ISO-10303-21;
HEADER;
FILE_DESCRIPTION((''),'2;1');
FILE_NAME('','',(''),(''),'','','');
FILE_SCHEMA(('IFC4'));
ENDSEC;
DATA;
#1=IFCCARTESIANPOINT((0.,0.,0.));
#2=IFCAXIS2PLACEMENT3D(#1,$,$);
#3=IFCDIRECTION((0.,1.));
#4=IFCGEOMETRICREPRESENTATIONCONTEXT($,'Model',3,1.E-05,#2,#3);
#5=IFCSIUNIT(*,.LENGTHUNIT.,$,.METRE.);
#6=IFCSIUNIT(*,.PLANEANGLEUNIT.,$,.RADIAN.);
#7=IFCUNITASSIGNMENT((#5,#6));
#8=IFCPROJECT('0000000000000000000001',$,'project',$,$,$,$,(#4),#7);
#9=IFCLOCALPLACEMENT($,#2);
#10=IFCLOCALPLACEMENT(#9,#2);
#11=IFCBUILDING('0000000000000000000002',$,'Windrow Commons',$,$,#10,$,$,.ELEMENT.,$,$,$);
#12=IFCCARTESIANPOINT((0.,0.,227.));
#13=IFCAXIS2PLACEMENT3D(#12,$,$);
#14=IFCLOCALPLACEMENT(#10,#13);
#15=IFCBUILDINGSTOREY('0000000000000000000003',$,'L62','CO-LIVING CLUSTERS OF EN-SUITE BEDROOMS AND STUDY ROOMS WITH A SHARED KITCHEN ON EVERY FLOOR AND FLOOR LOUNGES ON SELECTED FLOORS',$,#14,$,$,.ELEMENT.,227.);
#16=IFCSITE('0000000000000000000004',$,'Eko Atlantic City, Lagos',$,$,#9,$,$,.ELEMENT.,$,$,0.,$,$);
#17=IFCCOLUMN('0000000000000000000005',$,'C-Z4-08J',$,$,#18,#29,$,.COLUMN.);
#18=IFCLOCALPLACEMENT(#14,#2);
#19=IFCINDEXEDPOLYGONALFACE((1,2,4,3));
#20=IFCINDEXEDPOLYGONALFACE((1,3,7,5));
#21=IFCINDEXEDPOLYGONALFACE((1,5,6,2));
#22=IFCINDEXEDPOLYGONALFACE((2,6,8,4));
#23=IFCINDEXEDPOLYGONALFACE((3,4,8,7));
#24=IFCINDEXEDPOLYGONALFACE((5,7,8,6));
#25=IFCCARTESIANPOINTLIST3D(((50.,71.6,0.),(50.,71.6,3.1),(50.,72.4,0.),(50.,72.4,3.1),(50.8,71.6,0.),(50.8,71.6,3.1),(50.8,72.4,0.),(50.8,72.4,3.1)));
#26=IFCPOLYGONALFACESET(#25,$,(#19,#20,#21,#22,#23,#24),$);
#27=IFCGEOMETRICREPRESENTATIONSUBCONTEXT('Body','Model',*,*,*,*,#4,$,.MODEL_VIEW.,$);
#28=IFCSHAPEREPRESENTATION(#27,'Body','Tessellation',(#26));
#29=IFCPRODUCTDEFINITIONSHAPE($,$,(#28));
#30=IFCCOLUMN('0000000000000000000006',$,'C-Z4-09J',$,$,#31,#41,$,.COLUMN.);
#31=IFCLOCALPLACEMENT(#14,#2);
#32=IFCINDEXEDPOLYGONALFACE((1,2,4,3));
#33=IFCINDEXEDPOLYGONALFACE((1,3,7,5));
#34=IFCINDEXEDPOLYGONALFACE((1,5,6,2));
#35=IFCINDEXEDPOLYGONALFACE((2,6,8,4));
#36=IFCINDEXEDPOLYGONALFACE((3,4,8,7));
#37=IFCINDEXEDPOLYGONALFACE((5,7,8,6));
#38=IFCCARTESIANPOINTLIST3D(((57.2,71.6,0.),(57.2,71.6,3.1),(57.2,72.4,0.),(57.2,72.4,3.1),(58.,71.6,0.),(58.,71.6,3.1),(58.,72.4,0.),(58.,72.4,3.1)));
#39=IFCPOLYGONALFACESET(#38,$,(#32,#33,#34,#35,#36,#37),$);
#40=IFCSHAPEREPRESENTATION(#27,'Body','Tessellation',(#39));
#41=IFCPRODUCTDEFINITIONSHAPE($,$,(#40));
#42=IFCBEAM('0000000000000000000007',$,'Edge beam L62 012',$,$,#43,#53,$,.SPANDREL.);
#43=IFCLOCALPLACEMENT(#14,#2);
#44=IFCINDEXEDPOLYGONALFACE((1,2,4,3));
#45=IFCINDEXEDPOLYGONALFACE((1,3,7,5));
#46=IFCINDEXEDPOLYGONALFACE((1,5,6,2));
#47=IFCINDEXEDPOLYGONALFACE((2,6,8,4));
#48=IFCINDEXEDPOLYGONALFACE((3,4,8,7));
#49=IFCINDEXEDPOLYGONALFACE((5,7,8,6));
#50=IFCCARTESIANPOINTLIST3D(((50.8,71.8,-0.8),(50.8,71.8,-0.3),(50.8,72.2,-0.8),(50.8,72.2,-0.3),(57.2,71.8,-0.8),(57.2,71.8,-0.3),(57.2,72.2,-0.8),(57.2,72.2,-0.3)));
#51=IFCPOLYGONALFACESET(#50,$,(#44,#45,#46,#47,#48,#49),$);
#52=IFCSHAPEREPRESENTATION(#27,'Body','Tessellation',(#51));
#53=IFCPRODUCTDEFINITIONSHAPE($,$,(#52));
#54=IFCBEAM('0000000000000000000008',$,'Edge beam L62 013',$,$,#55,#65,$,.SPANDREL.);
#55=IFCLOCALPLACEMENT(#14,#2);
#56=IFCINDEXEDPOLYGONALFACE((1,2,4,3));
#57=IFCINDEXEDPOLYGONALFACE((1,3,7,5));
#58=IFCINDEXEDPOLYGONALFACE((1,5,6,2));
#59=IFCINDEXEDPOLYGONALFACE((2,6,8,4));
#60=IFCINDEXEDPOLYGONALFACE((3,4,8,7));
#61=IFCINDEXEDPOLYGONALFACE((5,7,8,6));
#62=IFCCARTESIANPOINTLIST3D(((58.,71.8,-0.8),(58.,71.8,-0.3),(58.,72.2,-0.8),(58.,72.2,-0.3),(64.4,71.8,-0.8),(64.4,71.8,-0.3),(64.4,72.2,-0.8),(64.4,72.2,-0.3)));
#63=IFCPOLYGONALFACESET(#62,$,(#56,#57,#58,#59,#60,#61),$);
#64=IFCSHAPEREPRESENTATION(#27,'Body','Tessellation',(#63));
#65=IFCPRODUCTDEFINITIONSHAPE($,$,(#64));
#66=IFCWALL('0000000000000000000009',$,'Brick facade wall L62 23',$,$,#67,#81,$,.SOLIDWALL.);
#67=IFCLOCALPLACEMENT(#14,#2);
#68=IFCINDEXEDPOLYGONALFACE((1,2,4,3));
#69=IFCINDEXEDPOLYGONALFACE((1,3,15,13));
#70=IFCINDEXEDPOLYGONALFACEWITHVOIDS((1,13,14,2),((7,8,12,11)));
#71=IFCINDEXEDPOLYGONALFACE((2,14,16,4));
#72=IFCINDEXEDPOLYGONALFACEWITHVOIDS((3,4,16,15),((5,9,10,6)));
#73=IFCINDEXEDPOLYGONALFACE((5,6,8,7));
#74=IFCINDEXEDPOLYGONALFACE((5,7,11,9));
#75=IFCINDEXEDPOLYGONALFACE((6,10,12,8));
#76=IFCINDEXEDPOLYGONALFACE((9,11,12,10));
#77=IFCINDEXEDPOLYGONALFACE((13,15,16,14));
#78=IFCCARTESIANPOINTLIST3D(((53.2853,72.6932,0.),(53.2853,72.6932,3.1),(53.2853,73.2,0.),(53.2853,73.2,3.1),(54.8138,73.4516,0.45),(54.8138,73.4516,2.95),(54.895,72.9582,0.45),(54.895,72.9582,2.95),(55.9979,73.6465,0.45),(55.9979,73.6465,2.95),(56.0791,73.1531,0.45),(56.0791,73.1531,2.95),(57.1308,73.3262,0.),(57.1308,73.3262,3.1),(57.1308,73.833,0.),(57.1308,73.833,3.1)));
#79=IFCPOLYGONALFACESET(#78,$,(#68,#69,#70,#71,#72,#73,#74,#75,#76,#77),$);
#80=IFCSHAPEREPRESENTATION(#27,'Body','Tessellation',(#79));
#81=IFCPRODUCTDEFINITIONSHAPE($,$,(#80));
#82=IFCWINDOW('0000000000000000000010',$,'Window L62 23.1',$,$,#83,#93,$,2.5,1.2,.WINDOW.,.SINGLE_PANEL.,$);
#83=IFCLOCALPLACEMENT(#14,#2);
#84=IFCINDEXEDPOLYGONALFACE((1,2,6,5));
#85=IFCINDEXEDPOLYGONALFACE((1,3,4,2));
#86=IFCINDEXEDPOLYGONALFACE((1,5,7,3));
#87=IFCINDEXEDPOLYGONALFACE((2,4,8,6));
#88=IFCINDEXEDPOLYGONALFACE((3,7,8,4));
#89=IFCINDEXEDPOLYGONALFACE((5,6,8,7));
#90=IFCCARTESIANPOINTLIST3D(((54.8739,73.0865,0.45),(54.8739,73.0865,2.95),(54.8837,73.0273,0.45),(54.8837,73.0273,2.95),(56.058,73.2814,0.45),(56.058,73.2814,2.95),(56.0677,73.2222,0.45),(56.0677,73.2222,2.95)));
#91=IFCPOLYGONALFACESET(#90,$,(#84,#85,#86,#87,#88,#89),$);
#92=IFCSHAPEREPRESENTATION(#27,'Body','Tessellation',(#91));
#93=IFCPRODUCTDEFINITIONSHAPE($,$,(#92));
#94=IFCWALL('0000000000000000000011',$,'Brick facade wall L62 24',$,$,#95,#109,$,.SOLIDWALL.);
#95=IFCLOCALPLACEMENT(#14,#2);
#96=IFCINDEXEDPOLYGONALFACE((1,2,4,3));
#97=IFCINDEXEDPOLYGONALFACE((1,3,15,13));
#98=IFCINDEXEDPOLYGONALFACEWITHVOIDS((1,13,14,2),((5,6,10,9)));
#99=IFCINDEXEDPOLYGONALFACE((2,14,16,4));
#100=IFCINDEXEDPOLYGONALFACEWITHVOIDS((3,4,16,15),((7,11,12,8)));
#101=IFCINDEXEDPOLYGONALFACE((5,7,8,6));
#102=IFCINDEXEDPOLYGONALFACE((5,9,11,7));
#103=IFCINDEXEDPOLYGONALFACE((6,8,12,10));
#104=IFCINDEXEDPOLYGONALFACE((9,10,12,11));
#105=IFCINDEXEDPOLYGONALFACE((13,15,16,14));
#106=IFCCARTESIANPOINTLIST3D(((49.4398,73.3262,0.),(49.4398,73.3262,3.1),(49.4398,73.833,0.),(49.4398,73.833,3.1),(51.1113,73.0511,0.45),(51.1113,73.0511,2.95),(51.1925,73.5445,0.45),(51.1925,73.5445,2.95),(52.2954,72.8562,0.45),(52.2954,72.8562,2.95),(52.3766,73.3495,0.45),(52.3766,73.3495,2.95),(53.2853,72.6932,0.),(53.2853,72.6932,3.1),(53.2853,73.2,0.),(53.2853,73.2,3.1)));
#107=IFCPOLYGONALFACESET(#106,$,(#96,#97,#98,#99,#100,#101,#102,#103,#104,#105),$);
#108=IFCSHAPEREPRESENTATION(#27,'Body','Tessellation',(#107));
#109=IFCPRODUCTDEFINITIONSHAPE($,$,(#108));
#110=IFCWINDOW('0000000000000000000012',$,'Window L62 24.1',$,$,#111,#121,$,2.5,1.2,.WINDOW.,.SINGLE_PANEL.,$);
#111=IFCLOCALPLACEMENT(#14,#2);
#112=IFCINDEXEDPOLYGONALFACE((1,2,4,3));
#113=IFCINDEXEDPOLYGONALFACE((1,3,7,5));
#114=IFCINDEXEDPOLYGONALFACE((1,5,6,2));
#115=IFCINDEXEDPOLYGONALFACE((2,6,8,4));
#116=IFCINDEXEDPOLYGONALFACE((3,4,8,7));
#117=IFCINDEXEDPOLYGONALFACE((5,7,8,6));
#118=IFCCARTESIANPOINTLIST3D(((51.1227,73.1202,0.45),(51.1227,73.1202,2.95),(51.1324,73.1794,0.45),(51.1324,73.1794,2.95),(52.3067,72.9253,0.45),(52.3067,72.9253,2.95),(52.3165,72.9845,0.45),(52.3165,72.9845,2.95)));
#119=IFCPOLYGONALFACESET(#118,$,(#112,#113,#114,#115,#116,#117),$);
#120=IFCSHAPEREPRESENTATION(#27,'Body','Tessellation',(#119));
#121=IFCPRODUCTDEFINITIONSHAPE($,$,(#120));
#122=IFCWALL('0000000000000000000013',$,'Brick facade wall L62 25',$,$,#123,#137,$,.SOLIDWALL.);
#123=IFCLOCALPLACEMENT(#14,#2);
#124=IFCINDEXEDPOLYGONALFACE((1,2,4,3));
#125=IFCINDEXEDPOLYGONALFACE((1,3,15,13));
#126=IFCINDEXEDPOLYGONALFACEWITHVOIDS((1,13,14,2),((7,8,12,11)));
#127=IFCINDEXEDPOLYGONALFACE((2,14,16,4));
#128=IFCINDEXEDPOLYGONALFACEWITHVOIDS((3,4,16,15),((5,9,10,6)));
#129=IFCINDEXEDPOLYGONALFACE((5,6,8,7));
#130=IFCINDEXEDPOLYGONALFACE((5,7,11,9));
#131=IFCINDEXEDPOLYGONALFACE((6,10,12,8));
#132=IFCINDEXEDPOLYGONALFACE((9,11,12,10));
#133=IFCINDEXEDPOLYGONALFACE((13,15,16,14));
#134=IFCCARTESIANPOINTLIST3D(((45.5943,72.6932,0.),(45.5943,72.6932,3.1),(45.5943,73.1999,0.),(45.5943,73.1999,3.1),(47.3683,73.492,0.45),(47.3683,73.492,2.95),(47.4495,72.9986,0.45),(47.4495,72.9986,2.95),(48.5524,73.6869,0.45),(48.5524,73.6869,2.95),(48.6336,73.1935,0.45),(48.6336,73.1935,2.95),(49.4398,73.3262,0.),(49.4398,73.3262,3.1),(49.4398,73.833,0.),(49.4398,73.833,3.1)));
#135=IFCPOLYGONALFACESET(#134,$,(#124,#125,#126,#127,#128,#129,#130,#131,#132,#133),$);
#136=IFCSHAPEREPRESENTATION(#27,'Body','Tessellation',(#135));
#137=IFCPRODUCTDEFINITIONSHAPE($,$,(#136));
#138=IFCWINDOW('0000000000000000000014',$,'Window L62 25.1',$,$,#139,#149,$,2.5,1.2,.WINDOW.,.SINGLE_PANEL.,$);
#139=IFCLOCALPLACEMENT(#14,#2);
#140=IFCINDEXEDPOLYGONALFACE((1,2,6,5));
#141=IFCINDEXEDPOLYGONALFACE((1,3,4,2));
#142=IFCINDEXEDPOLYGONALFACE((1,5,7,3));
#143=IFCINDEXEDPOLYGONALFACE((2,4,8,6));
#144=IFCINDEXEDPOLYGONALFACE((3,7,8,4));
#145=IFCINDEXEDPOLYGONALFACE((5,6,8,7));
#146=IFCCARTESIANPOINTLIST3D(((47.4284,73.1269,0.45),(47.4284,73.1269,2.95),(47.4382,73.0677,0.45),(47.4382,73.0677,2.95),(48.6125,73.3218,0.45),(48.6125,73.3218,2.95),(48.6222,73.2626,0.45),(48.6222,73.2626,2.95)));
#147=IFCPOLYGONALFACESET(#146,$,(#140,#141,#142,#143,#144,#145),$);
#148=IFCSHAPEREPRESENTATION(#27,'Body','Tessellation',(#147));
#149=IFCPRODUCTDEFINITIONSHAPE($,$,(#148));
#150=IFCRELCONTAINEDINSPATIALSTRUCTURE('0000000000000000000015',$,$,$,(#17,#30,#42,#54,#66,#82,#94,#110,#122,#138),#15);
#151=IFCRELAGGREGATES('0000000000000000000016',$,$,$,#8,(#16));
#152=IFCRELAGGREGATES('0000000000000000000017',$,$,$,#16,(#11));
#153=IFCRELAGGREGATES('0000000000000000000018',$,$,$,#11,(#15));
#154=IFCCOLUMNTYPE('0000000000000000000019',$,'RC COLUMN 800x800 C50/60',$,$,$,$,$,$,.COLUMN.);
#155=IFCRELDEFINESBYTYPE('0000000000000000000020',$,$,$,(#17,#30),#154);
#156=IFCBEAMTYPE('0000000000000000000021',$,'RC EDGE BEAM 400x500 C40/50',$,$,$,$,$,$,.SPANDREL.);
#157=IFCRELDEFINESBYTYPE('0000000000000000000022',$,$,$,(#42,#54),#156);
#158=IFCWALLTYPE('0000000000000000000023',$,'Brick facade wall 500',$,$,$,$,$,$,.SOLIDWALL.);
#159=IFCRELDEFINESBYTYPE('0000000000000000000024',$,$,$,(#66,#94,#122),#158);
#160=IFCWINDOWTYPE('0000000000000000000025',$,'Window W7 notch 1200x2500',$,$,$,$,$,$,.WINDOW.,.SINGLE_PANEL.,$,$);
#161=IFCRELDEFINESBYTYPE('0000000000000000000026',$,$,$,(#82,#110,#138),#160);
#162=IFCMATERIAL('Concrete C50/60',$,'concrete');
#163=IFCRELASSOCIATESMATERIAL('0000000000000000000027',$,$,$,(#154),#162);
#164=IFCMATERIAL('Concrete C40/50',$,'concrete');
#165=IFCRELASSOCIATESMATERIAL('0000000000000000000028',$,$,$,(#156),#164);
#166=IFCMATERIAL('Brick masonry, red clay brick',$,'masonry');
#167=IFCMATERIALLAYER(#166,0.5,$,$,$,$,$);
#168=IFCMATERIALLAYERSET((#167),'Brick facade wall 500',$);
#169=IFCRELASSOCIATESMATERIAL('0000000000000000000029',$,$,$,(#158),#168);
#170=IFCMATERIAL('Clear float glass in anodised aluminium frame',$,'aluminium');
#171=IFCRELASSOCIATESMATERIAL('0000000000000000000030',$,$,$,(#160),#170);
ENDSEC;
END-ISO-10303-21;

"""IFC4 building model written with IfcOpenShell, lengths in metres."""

from ifc_helpers import new_model, si_unit, direction, frame, frame_2d, origin, origin_2d, place, context, subcontext, project, spatial, polyline, rectangle, outline, extrude, material, layer, layer_set, material_profile, profile_set, type_object, element, fill, save


model = new_model("IFC4")

# Units and contexts
model_context = context("Model", 3, precision=1e-05, world=origin(), true_north=direction((0.0, 1.0)))
body_context = subcontext(model_context, "Body", "Model", "MODEL_VIEW")
ifc_project = project(units=[si_unit("LENGTHUNIT", "METRE"), si_unit("PLANEANGLEUNIT", "RADIAN")], contexts=[model_context])

# Site, building, storey
site_placement = place(None, origin())
site = spatial("IfcSite", under=ifc_project, at=site_placement, Name="Eko Atlantic City, Lagos", CompositionType="ELEMENT", RefElevation=0.0)
building_placement = place(site_placement, origin())
building = spatial("IfcBuilding", under=site, at=building_placement, Name="Windrow Commons", CompositionType="ELEMENT")
storey_placement = place(building_placement, frame((0.0, 0.0, 227.0)))
storey = spatial("IfcBuildingStorey", under=building, at=storey_placement, Name="L62", Description="CO-LIVING CLUSTERS OF EN-SUITE BEDROOMS AND STUDY ROOMS WITH A SHARED KITCHEN ON EVERY FLOOR AND FLOOR LOUNGES ON SELECTED FLOORS", CompositionType="ELEMENT", Elevation=227.0)

# Columns
ifc_material_1 = material(Name="Concrete C50/60", Category="concrete")
ifc_material_profile_1 = material_profile(ifc_material_1, rectangle(XDim=0.8, YDim=0.8, at=origin_2d()))
ifc_profile_set_1 = profile_set([ifc_material_profile_1], Name="Concrete C50/60")
column_type = type_object("IfcColumnType", Name="RC COLUMN 800x800 C50/60", PredefinedType="COLUMN", material=ifc_profile_set_1)
for number, where, z_axis, x_axis, name in (
    (1, (50.4, 72.0, 0.0), (0.0, 0.0, 1.0), (1.0, 0.0, 0.0), "C-Z4-08J"),
    (2, (57.6, 72.0, 0.0), (0.0, 0.0, 1.0), (1.0, 0.0, 0.0), "C-Z4-09J"),
):
    element("IfcColumn", number, at=place(storey_placement, frame(where, z_axis=z_axis, x_axis=x_axis)), inside=storey, type_object=column_type, Name=name, PredefinedType="COLUMN", context=body_context, shape_type="SweptSolid", body=[
        extrude(rectangle(XDim=0.8, YDim=0.8, at=origin_2d()), origin(), (0.0, 0.0, 1.0), 3.1),
    ])

# Beams
ifc_material_2 = material(Name="Concrete C40/50", Category="concrete")
ifc_material_profile_2 = material_profile(ifc_material_2, rectangle(XDim=0.4, YDim=0.5, at=origin_2d()))
ifc_profile_set_2 = profile_set([ifc_material_profile_2], Name="Concrete C40/50")
beam_type = type_object("IfcBeamType", Name="RC EDGE BEAM 400x500 C40/50", PredefinedType="SPANDREL", material=ifc_profile_set_2)
for number, where, z_axis, x_axis, name in (
    (3, (50.8, 72.0, -0.55), (1.0, 0.0, 0.0), (0.0, 1.0, 0.0), "Edge beam L62 012"),
    (4, (58.0, 72.0, -0.55), (1.0, 0.0, 0.0), (0.0, 1.0, 0.0), "Edge beam L62 013"),
):
    element("IfcBeam", number, at=place(storey_placement, frame(where, z_axis=z_axis, x_axis=x_axis)), inside=storey, type_object=beam_type, Name=name, PredefinedType="SPANDREL", context=body_context, shape_type="SweptSolid", body=[
        extrude(rectangle(XDim=0.4, YDim=0.5, at=origin_2d()), origin(), (0.0, 0.0, 1.0), 6.4),
    ])

# Walls, openings, windows
ifc_material_3 = material(Name="Brick masonry, red clay brick", Category="masonry")
ifc_layer_1 = layer(ifc_material_3, 0.5)
ifc_layer_set_1 = layer_set([ifc_layer_1], Name="Brick facade wall 500")
wall_type_1 = type_object("IfcWallType", Name="Brick facade wall 500", PredefinedType="SOLIDWALL", material=ifc_layer_set_1)
wall_1_placement = place(storey_placement, frame((57.1308, 73.5796, 0.0), z_axis=(0.0, 0.0, 1.0), x_axis=(-0.986721, -0.162422, 0.0)))
wall_1 = element("IfcWall", 5, at=wall_1_placement, inside=storey, type_object=wall_type_1, Name="Brick facade wall L62 23", PredefinedType="SOLIDWALL", context=body_context, shape_type="SweptSolid", body=[
    extrude(outline(polyline([(-0.0412, -0.25), (3.8561, -0.25), (3.9384, 0.25), (0.0412, 0.25), (-0.0412, -0.25)])), origin(), (0.0, 0.0, 1.0), 3.1),
])
opening_1_placement = place(wall_1_placement, frame((1.107, 0.0, 0.45)))
opening_1 = element("IfcOpeningElement", 6, at=opening_1_placement, cuts=wall_1, PredefinedType="OPENING", context=body_context, shape_type="SweptSolid", body=[
    extrude(rectangle(XDim=1.2, YDim=2.5, at=frame_2d((0.6, 1.25))), frame((0.0, 0.26, 0.0), z_axis=(0.0, -1.0, 0.0), x_axis=(1.0, 0.0, 0.0)), (0.0, 0.0, 1.0), 0.52),
])
ifc_material_4 = material(Name="Clear float glass in anodised aluminium frame", Category="aluminium")
window_type = type_object("IfcWindowType", Name="Window W7 notch 1200x2500", PartitioningType="SINGLE_PANEL", PredefinedType="WINDOW", material=ifc_material_4)
window_1_placement = place(opening_1_placement, origin())
window_1 = element("IfcWindow", 7, at=window_1_placement, inside=storey, type_object=window_type, Name="Window L62 23.1", OverallHeight=2.5, OverallWidth=1.2, PartitioningType="SINGLE_PANEL", PredefinedType="WINDOW", context=body_context, shape_type="SweptSolid", body=[
    extrude(rectangle(XDim=1.2, YDim=2.5, at=frame_2d((0.6, 1.25))), frame((0.0, 0.18, 0.0), z_axis=(0.0, -1.0, 0.0), x_axis=(1.0, 0.0, 0.0)), (0.0, 0.0, 1.0), 0.06),
])
fill(opening_1, window_1)
wall_2_placement = place(storey_placement, frame((53.2853, 72.9466, 0.0), z_axis=(0.0, 0.0, 1.0), x_axis=(-0.986721, 0.162422, 0.0)))
wall_2 = element("IfcWall", 8, at=wall_2_placement, inside=storey, type_object=wall_type_1, Name="Brick facade wall L62 24", PredefinedType="SOLIDWALL", context=body_context, shape_type="SweptSolid", body=[
    extrude(outline(polyline([(0.0412, -0.25), (3.9384, -0.25), (3.8561, 0.25), (-0.0412, 0.25), (0.0412, -0.25)])), origin(), (0.0, 0.0, 1.0), 3.1),
])
opening_2_placement = place(wall_2_placement, frame((0.9621, 0.0, 0.45)))
opening_2 = element("IfcOpeningElement", 9, at=opening_2_placement, cuts=wall_2, PredefinedType="OPENING", context=body_context, shape_type="SweptSolid", body=[
    extrude(rectangle(XDim=1.2, YDim=2.5, at=frame_2d((0.6, 1.25))), frame((0.0, 0.26, 0.0), z_axis=(0.0, -1.0, 0.0), x_axis=(1.0, 0.0, 0.0)), (0.0, 0.0, 1.0), 0.52),
])
window_2_placement = place(opening_2_placement, origin())
window_2 = element("IfcWindow", 10, at=window_2_placement, inside=storey, type_object=window_type, Name="Window L62 24.1", OverallHeight=2.5, OverallWidth=1.2, PartitioningType="SINGLE_PANEL", PredefinedType="WINDOW", context=body_context, shape_type="SweptSolid", body=[
    extrude(rectangle(XDim=1.2, YDim=2.5, at=frame_2d((0.6, 1.25))), frame((0.0, 0.18, 0.0), z_axis=(0.0, -1.0, 0.0), x_axis=(1.0, 0.0, 0.0)), (0.0, 0.0, 1.0), 0.06),
])
fill(opening_2, window_2)
wall_3_placement = place(storey_placement, frame((49.4398, 73.5796, 0.0), z_axis=(0.0, 0.0, 1.0), x_axis=(-0.986721, -0.162426, 0.0)))
wall_3 = element("IfcWall", 11, at=wall_3_placement, inside=storey, type_object=wall_type_1, Name="Brick facade wall L62 25", PredefinedType="SOLIDWALL", context=body_context, shape_type="SweptSolid", body=[
    extrude(outline(polyline([(-0.0412, -0.25), (3.8561, -0.25), (3.9384, 0.25), (0.0412, 0.25), (-0.0412, -0.25)])), origin(), (0.0, 0.0, 1.0), 3.1),
])
opening_3_placement = place(wall_3_placement, frame((0.8582, 0.0, 0.45)))
opening_3 = element("IfcOpeningElement", 12, at=opening_3_placement, cuts=wall_3, PredefinedType="OPENING", context=body_context, shape_type="SweptSolid", body=[
    extrude(rectangle(XDim=1.2, YDim=2.5, at=frame_2d((0.6, 1.25))), frame((0.0, 0.26, 0.0), z_axis=(0.0, -1.0, 0.0), x_axis=(1.0, 0.0, 0.0)), (0.0, 0.0, 1.0), 0.52),
])
window_3_placement = place(opening_3_placement, origin())
window_3 = element("IfcWindow", 13, at=window_3_placement, inside=storey, type_object=window_type, Name="Window L62 25.1", OverallHeight=2.5, OverallWidth=1.2, PartitioningType="SINGLE_PANEL", PredefinedType="WINDOW", context=body_context, shape_type="SweptSolid", body=[
    extrude(rectangle(XDim=1.2, YDim=2.5, at=frame_2d((0.6, 1.25))), frame((0.0, 0.18, 0.0), z_axis=(0.0, -1.0, 0.0), x_axis=(1.0, 0.0, 0.0)), (0.0, 0.0, 1.0), 0.06),
])
fill(opening_3, window_3)

save(model, "model.ifc")
